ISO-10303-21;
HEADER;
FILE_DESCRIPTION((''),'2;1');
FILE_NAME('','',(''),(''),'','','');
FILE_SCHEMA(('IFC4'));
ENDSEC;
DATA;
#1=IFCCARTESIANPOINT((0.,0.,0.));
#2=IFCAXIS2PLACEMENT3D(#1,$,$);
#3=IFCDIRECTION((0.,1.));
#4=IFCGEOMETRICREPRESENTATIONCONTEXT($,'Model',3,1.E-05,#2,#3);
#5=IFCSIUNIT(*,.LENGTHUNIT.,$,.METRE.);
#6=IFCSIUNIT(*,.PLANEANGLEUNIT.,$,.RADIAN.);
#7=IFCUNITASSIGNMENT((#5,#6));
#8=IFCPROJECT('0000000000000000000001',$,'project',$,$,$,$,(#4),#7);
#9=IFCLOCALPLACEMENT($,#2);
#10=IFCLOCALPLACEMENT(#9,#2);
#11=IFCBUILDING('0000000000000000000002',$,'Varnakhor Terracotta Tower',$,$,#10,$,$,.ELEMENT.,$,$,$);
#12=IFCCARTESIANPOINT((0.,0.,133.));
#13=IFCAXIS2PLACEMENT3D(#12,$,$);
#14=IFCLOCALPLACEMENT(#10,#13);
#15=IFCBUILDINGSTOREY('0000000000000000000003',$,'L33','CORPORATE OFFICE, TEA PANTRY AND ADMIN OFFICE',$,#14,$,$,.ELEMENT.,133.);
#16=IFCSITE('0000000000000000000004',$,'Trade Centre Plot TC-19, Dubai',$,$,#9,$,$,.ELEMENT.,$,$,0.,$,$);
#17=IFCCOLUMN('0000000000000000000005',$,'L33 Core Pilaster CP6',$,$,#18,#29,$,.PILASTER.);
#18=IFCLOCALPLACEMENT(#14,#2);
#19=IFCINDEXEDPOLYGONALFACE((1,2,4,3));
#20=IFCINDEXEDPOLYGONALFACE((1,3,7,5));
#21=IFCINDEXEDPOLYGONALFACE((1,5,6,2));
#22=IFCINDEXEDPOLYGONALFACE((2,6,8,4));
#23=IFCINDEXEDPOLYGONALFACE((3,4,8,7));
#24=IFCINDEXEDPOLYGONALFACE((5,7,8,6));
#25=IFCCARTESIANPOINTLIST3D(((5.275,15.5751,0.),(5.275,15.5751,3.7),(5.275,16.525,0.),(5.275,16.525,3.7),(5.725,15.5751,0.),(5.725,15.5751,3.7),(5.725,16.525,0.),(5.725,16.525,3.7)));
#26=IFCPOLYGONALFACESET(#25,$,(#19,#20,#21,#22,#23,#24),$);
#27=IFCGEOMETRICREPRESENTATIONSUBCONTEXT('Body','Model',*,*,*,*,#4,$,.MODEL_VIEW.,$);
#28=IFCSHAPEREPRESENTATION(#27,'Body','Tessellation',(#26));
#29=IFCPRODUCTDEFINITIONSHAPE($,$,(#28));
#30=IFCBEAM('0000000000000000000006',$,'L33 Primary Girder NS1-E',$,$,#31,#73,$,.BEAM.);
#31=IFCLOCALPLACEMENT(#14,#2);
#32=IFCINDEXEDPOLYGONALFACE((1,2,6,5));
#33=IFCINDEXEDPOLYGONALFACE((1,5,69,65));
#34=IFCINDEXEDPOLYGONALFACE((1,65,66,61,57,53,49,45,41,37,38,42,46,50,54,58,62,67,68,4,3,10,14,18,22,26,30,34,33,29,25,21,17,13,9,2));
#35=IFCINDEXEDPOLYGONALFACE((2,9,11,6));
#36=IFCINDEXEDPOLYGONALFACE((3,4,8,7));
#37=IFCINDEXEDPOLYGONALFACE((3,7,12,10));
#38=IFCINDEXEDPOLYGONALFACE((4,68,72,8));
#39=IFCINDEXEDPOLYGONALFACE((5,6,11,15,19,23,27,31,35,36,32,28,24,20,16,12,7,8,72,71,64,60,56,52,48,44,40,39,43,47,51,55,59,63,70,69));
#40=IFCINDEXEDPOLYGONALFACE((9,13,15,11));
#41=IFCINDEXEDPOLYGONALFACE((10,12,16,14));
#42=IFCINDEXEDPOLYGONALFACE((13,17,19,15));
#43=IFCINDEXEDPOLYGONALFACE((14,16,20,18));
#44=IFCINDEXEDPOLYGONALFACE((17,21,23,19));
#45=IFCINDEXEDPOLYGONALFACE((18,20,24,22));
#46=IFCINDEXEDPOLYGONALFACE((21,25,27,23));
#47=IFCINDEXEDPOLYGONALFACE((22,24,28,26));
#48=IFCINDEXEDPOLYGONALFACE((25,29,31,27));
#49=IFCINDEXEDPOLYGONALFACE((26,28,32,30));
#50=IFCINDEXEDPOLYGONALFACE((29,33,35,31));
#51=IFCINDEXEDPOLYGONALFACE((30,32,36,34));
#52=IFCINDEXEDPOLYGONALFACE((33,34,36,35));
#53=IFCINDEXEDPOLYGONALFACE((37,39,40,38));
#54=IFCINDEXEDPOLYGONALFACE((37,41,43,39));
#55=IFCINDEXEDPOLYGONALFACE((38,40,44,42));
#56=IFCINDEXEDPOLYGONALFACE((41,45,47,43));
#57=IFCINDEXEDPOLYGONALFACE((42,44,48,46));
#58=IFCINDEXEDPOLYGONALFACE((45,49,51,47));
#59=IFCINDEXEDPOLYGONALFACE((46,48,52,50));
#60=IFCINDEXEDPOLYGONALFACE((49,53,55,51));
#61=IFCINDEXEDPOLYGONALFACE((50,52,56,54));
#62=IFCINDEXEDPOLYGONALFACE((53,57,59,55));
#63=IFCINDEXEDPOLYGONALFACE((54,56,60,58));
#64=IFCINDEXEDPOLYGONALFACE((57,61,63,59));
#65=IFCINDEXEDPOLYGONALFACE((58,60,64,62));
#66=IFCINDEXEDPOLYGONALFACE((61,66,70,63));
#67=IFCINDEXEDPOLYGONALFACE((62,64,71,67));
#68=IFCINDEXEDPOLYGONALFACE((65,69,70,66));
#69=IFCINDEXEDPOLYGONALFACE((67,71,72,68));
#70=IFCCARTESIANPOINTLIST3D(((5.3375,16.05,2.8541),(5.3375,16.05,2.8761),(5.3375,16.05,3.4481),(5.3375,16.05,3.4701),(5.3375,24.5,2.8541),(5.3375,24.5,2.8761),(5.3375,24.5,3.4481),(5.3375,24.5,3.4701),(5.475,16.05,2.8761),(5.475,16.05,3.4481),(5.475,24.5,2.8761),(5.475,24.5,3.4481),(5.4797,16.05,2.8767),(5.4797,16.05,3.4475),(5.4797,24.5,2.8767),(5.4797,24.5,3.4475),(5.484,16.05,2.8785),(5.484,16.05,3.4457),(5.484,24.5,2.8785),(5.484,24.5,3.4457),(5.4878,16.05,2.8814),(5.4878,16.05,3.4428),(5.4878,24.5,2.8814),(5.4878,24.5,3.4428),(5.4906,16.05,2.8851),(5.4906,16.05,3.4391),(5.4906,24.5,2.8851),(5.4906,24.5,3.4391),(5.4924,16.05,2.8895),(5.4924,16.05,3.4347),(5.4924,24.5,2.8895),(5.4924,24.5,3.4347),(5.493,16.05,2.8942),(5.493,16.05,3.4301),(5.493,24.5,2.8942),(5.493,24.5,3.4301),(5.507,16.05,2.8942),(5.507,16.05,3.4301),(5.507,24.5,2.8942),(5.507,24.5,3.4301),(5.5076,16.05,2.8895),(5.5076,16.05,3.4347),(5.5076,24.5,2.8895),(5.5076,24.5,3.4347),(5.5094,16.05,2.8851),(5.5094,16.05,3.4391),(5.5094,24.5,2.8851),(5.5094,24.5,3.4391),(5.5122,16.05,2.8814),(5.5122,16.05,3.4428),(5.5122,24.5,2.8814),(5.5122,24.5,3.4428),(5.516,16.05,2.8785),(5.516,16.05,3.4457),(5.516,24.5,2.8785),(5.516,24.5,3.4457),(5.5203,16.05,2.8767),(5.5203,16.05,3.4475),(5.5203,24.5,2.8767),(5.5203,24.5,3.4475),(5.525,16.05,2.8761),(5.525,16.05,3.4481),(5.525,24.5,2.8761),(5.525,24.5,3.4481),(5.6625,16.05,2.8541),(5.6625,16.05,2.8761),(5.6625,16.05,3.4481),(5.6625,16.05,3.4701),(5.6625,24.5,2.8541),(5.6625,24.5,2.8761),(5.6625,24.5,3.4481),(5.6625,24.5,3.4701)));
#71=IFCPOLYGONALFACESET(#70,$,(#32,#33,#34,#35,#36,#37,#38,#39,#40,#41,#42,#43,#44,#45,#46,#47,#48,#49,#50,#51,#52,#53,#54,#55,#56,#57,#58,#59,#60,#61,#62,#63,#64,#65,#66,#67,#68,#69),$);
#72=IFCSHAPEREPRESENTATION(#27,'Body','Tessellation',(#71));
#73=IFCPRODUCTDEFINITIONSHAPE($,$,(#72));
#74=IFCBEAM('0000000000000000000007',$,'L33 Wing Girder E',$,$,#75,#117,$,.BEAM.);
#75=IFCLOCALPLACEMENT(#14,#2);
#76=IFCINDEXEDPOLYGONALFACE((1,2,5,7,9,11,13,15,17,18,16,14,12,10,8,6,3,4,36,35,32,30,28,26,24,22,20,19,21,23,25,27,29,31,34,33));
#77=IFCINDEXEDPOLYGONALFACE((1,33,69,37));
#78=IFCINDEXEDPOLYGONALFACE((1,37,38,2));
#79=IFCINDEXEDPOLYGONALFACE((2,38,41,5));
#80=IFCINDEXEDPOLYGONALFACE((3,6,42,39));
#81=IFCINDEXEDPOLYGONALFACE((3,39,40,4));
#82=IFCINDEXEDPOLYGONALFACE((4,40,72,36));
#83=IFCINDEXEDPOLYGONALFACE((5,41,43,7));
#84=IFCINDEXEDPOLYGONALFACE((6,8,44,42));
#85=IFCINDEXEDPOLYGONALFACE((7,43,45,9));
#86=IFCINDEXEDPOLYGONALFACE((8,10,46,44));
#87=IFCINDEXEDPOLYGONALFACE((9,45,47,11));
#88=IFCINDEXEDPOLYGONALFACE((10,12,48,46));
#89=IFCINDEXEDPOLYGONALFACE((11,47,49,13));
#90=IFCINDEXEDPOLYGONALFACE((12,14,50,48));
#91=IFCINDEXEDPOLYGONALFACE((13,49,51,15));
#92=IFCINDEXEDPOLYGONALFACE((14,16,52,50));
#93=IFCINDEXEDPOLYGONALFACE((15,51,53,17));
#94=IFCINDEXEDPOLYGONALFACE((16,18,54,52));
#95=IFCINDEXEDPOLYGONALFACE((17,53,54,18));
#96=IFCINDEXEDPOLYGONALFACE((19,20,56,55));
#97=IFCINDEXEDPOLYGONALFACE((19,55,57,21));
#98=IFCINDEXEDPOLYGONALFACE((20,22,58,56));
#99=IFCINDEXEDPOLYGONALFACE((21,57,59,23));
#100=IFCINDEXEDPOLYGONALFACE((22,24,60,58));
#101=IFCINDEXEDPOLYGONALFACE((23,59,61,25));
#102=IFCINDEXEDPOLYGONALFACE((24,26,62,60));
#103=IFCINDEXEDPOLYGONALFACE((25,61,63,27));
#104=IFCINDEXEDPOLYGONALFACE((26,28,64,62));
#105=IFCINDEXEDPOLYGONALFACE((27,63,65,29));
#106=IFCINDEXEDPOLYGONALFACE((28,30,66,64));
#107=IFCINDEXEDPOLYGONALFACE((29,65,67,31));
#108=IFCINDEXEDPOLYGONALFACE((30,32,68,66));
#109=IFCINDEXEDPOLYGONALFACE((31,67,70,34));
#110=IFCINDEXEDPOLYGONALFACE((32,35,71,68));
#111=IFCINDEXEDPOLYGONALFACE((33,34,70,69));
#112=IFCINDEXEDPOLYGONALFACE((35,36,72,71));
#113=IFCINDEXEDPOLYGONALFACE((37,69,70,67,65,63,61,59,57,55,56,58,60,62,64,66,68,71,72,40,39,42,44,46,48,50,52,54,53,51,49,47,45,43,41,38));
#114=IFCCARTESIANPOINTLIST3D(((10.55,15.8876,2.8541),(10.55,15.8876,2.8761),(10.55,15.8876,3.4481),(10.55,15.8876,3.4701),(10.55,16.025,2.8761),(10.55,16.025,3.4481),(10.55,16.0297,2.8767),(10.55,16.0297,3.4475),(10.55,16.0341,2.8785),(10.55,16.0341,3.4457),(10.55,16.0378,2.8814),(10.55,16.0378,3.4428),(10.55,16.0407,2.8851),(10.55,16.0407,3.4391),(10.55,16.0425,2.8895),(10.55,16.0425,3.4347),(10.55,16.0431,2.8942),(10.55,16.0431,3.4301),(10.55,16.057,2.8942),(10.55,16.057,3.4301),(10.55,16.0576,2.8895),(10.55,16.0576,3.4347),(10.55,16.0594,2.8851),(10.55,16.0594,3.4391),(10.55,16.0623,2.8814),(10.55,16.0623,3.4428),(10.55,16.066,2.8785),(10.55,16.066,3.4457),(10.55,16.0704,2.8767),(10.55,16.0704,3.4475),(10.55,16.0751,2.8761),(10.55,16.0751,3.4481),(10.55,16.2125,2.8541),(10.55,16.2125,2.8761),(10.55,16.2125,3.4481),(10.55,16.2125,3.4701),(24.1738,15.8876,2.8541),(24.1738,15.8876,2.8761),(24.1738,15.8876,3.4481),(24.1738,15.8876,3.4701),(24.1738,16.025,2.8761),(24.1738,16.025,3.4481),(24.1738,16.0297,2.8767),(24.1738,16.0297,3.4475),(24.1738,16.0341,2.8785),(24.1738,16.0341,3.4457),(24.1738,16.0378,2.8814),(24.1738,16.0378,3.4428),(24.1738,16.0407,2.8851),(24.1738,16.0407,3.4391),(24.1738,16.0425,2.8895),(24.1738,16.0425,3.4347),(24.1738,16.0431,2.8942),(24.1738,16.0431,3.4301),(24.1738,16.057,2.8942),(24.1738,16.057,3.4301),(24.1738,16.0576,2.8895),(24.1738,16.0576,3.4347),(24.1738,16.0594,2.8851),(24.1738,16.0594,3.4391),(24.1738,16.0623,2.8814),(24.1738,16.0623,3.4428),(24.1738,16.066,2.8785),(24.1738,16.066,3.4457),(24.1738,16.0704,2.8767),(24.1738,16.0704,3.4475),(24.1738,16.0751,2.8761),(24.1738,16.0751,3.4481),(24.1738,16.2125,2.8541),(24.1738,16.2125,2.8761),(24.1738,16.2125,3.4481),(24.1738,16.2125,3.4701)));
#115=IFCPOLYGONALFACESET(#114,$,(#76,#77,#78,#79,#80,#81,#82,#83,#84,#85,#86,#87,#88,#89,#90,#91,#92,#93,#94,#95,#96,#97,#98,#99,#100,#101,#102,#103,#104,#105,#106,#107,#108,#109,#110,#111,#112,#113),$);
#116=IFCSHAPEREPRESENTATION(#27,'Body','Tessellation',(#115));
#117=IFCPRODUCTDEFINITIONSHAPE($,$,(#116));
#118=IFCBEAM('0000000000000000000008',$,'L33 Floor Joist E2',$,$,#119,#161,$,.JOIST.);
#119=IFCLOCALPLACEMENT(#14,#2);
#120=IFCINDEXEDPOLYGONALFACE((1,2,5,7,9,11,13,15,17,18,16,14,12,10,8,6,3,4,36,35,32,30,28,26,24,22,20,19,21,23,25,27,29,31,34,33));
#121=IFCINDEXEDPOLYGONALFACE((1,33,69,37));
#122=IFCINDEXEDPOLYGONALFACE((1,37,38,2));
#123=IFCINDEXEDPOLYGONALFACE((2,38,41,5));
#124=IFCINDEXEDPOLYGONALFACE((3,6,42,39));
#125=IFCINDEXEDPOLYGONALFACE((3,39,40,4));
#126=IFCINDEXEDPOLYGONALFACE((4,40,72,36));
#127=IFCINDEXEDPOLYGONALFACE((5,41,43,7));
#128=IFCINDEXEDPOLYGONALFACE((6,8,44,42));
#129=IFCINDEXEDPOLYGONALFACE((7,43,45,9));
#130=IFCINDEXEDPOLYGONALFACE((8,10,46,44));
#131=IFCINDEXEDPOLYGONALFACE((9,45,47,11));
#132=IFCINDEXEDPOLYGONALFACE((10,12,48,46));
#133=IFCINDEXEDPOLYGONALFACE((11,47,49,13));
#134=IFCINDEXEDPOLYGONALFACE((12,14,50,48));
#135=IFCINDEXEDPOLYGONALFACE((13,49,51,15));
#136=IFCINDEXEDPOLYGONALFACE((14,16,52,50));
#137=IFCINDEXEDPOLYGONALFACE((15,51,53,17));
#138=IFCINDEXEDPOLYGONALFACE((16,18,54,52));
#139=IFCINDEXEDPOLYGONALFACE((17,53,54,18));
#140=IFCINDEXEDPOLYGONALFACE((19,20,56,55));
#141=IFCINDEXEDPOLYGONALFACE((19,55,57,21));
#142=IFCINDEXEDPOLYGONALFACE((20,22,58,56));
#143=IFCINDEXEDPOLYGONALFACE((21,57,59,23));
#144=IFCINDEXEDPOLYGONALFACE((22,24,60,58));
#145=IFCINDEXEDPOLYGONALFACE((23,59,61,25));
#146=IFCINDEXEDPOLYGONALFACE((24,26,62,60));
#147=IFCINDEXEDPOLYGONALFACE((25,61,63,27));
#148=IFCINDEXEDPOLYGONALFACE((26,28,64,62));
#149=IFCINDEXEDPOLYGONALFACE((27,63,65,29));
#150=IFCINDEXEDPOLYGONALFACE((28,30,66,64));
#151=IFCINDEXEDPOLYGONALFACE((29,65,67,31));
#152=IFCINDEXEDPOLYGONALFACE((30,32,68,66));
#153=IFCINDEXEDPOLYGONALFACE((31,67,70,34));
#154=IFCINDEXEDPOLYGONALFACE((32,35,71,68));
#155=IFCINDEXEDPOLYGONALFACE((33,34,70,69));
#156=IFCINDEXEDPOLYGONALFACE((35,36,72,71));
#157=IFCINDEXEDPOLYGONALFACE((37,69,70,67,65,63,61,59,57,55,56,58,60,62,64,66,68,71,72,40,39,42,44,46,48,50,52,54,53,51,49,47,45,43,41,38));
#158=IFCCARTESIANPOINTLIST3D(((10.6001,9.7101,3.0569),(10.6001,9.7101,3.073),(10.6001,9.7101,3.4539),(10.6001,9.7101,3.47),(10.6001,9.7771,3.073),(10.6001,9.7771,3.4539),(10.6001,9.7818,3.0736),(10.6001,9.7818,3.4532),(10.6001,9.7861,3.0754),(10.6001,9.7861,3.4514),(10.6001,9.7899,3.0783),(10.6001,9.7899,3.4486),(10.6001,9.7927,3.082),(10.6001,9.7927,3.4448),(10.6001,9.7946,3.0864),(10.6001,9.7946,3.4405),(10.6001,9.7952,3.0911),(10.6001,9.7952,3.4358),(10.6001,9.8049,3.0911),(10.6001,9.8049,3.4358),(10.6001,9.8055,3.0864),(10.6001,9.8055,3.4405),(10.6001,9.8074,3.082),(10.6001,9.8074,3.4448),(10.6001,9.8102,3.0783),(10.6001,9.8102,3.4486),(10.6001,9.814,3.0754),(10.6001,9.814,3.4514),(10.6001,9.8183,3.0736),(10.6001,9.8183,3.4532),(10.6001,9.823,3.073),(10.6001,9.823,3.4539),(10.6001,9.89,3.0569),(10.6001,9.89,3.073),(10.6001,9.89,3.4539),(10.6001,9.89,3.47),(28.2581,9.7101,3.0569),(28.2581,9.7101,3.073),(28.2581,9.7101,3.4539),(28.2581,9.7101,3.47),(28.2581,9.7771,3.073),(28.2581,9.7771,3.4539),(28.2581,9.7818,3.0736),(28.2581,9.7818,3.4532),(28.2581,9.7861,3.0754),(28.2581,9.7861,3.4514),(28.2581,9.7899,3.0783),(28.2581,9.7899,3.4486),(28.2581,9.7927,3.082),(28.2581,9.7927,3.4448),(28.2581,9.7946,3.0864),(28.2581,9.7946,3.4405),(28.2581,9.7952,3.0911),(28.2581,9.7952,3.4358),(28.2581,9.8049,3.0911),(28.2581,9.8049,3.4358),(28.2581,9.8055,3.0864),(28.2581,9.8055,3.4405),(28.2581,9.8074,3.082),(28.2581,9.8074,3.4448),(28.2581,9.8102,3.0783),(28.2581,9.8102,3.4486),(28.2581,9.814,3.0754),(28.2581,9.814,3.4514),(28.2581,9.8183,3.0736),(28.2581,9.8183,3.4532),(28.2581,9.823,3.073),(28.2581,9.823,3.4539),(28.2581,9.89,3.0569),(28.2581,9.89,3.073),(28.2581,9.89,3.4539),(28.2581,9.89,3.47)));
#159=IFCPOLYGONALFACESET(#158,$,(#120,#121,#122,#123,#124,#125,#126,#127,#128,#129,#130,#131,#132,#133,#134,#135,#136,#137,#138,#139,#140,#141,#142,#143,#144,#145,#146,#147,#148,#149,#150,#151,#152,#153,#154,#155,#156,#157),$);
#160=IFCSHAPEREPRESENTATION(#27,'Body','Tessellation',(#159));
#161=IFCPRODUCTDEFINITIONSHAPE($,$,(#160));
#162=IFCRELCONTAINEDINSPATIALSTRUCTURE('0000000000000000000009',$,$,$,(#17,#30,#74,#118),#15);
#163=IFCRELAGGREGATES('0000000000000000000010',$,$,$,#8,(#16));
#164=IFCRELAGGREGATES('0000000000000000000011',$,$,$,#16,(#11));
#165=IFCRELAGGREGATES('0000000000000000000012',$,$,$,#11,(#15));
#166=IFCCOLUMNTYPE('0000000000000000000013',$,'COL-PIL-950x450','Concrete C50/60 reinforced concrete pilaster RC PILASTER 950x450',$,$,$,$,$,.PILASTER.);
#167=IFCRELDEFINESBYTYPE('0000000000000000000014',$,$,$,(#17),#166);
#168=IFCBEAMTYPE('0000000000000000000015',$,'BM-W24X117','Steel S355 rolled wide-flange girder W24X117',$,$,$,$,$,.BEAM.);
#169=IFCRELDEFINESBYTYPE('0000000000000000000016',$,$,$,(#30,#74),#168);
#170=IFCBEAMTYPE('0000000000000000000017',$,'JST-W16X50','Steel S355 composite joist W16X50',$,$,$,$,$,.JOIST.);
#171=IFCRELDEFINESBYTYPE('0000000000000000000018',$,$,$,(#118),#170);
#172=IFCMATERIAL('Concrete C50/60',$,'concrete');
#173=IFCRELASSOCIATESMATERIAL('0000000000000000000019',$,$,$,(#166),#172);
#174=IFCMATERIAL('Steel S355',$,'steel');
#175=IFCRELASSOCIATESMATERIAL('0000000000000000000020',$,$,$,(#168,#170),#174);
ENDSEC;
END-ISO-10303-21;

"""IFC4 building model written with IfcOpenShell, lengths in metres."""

from ifc_helpers import new_model, si_unit, direction, frame, origin, origin_2d, place, context, subcontext, project, spatial, rectangle, i_section, extrude, source, transform, mapped, material, material_profile, profile_set, type_object, type_shapes, element, save


model = new_model("IFC4")

# Units and contexts
model_context = context("Model", 3, precision=1e-05, world=origin(), true_north=direction((0.0, 1.0)))
body_context = subcontext(model_context, "Body", "Model", "MODEL_VIEW")
ifc_project = project(units=[si_unit("LENGTHUNIT", "METRE"), si_unit("PLANEANGLEUNIT", "RADIAN")], contexts=[model_context])

# Site, building, storey
site_placement = place(None, origin())
site = spatial("IfcSite", under=ifc_project, at=site_placement, Name="Trade Centre Plot TC-19, Dubai", CompositionType="ELEMENT", RefElevation=0.0)
building_placement = place(site_placement, origin())
building = spatial("IfcBuilding", under=site, at=building_placement, Name="Varnakhor Terracotta Tower", CompositionType="ELEMENT")
storey_placement = place(building_placement, frame((0.0, 0.0, 133.0)))
storey = spatial("IfcBuildingStorey", under=building, at=storey_placement, Name="L33", Description="CORPORATE OFFICE, TEA PANTRY AND ADMIN OFFICE", CompositionType="ELEMENT", Elevation=133.0)

# Column
ifc_material_1 = material(Name="Concrete C50/60", Category="concrete")
ifc_material_profile_1 = material_profile(ifc_material_1, rectangle(XDim=0.45, YDim=0.95, at=origin_2d()), Name="RC PILASTER 950x450")
ifc_profile_set_1 = profile_set([ifc_material_profile_1], Name="Concrete C50/60")
column_type = type_object("IfcColumnType", Name="COL-PIL-950x450", Description="Concrete C50/60 reinforced concrete pilaster RC PILASTER 950x450", PredefinedType="PILASTER", material=ifc_profile_set_1)
shared_shape_1 = source(origin(), body_context, "Body", "SweptSolid", [
    extrude(rectangle(XDim=0.45, YDim=0.95, at=origin_2d()), origin(), (0.0, 0.0, 1.0), 3.7),
])
column_placement = place(storey_placement, frame((5.5, 16.05, 0.0), z_axis=(0.0, 0.0, 1.0), x_axis=(1.0, 0.0, 0.0)))
element("IfcColumn", 1, at=column_placement, inside=storey, type_object=column_type, Name="L33 Core Pilaster CP6", PredefinedType="PILASTER", context=body_context, shape_type="MappedRepresentation", body=[
    mapped(shared_shape_1, transform((0.0, 0.0, 0.0), scale=1.0)),
])

# Beams
ifc_material_2 = material(Name="Steel S355", Category="steel")
ifc_material_profile_2 = material_profile(ifc_material_2, i_section(OverallWidth=0.325, OverallDepth=0.616, WebThickness=0.0139, FlangeThickness=0.022, FilletRadius=0.0181, at=origin_2d()), Name="W24X117")
ifc_profile_set_2 = profile_set([ifc_material_profile_2], Name="Steel S355")
beam_type_1 = type_object("IfcBeamType", Name="BM-W24X117", Description="Steel S355 rolled wide-flange girder W24X117", PredefinedType="BEAM", material=ifc_profile_set_2)
shared_shape_2 = source(origin(), body_context, "Body", "SweptSolid", [
    extrude(i_section(OverallWidth=0.325, OverallDepth=0.616, WebThickness=0.0139, FlangeThickness=0.022, FilletRadius=0.0181, at=origin_2d()), origin(), (0.0, 0.0, 1.0), 8.45),
])
type_shapes(beam_type_1, [shared_shape_2])
beam_1_placement = place(storey_placement, frame((5.5, 16.05, 3.1621), z_axis=(0.0, 1.0, 0.0), x_axis=(-1.0, 0.0, 0.0)))
element("IfcBeam", 2, at=beam_1_placement, inside=storey, type_object=beam_type_1, Name="L33 Primary Girder NS1-E", PredefinedType="BEAM", context=body_context, shape_type="MappedRepresentation", body=[
    mapped(shared_shape_2, transform((0.0, 0.0, 0.0), scale=1.0)),
])
shared_shape_3 = source(origin(), body_context, "Body", "SweptSolid", [
    extrude(i_section(OverallWidth=0.325, OverallDepth=0.616, WebThickness=0.0139, FlangeThickness=0.022, FilletRadius=0.0181, at=origin_2d()), origin(), (0.0, 0.0, 1.0), 13.6238),
])
beam_2_placement = place(storey_placement, frame((10.55, 16.05, 3.1621), z_axis=(1.0, 0.0, 0.0), x_axis=(0.0, 1.0, 0.0)))
element("IfcBeam", 3, at=beam_2_placement, inside=storey, type_object=beam_type_1, Name="L33 Wing Girder E", PredefinedType="BEAM", context=body_context, shape_type="MappedRepresentation", body=[
    mapped(shared_shape_3, transform((0.0, 0.0, 0.0), scale=1.0)),
])
ifc_material_profile_3 = material_profile(ifc_material_2, i_section(OverallWidth=0.1799, OverallDepth=0.4131, WebThickness=0.0098, FlangeThickness=0.0161, FilletRadius=0.0181, at=origin_2d()), Name="W16X50")
ifc_profile_set_3 = profile_set([ifc_material_profile_3], Name="Steel S355")
beam_type_2 = type_object("IfcBeamType", Name="JST-W16X50", Description="Steel S355 composite joist W16X50", PredefinedType="JOIST", material=ifc_profile_set_3)
shared_shape_4 = source(origin(), body_context, "Body", "SweptSolid", [
    extrude(i_section(OverallWidth=0.1799, OverallDepth=0.4131, WebThickness=0.0098, FlangeThickness=0.0161, FilletRadius=0.0181, at=origin_2d()), origin(), (0.0, 0.0, 1.0), 17.658),
])
beam_3_placement = place(storey_placement, frame((10.6001, 9.8, 3.2634), z_axis=(1.0, 0.0, 0.0), x_axis=(0.0, 1.0, 0.0)))
element("IfcBeam", 4, at=beam_3_placement, inside=storey, type_object=beam_type_2, Name="L33 Floor Joist E2", PredefinedType="JOIST", context=body_context, shape_type="MappedRepresentation", body=[
    mapped(shared_shape_4, transform((0.0, 0.0, 0.0), scale=1.0)),
])

save(model, "model.ifc")
